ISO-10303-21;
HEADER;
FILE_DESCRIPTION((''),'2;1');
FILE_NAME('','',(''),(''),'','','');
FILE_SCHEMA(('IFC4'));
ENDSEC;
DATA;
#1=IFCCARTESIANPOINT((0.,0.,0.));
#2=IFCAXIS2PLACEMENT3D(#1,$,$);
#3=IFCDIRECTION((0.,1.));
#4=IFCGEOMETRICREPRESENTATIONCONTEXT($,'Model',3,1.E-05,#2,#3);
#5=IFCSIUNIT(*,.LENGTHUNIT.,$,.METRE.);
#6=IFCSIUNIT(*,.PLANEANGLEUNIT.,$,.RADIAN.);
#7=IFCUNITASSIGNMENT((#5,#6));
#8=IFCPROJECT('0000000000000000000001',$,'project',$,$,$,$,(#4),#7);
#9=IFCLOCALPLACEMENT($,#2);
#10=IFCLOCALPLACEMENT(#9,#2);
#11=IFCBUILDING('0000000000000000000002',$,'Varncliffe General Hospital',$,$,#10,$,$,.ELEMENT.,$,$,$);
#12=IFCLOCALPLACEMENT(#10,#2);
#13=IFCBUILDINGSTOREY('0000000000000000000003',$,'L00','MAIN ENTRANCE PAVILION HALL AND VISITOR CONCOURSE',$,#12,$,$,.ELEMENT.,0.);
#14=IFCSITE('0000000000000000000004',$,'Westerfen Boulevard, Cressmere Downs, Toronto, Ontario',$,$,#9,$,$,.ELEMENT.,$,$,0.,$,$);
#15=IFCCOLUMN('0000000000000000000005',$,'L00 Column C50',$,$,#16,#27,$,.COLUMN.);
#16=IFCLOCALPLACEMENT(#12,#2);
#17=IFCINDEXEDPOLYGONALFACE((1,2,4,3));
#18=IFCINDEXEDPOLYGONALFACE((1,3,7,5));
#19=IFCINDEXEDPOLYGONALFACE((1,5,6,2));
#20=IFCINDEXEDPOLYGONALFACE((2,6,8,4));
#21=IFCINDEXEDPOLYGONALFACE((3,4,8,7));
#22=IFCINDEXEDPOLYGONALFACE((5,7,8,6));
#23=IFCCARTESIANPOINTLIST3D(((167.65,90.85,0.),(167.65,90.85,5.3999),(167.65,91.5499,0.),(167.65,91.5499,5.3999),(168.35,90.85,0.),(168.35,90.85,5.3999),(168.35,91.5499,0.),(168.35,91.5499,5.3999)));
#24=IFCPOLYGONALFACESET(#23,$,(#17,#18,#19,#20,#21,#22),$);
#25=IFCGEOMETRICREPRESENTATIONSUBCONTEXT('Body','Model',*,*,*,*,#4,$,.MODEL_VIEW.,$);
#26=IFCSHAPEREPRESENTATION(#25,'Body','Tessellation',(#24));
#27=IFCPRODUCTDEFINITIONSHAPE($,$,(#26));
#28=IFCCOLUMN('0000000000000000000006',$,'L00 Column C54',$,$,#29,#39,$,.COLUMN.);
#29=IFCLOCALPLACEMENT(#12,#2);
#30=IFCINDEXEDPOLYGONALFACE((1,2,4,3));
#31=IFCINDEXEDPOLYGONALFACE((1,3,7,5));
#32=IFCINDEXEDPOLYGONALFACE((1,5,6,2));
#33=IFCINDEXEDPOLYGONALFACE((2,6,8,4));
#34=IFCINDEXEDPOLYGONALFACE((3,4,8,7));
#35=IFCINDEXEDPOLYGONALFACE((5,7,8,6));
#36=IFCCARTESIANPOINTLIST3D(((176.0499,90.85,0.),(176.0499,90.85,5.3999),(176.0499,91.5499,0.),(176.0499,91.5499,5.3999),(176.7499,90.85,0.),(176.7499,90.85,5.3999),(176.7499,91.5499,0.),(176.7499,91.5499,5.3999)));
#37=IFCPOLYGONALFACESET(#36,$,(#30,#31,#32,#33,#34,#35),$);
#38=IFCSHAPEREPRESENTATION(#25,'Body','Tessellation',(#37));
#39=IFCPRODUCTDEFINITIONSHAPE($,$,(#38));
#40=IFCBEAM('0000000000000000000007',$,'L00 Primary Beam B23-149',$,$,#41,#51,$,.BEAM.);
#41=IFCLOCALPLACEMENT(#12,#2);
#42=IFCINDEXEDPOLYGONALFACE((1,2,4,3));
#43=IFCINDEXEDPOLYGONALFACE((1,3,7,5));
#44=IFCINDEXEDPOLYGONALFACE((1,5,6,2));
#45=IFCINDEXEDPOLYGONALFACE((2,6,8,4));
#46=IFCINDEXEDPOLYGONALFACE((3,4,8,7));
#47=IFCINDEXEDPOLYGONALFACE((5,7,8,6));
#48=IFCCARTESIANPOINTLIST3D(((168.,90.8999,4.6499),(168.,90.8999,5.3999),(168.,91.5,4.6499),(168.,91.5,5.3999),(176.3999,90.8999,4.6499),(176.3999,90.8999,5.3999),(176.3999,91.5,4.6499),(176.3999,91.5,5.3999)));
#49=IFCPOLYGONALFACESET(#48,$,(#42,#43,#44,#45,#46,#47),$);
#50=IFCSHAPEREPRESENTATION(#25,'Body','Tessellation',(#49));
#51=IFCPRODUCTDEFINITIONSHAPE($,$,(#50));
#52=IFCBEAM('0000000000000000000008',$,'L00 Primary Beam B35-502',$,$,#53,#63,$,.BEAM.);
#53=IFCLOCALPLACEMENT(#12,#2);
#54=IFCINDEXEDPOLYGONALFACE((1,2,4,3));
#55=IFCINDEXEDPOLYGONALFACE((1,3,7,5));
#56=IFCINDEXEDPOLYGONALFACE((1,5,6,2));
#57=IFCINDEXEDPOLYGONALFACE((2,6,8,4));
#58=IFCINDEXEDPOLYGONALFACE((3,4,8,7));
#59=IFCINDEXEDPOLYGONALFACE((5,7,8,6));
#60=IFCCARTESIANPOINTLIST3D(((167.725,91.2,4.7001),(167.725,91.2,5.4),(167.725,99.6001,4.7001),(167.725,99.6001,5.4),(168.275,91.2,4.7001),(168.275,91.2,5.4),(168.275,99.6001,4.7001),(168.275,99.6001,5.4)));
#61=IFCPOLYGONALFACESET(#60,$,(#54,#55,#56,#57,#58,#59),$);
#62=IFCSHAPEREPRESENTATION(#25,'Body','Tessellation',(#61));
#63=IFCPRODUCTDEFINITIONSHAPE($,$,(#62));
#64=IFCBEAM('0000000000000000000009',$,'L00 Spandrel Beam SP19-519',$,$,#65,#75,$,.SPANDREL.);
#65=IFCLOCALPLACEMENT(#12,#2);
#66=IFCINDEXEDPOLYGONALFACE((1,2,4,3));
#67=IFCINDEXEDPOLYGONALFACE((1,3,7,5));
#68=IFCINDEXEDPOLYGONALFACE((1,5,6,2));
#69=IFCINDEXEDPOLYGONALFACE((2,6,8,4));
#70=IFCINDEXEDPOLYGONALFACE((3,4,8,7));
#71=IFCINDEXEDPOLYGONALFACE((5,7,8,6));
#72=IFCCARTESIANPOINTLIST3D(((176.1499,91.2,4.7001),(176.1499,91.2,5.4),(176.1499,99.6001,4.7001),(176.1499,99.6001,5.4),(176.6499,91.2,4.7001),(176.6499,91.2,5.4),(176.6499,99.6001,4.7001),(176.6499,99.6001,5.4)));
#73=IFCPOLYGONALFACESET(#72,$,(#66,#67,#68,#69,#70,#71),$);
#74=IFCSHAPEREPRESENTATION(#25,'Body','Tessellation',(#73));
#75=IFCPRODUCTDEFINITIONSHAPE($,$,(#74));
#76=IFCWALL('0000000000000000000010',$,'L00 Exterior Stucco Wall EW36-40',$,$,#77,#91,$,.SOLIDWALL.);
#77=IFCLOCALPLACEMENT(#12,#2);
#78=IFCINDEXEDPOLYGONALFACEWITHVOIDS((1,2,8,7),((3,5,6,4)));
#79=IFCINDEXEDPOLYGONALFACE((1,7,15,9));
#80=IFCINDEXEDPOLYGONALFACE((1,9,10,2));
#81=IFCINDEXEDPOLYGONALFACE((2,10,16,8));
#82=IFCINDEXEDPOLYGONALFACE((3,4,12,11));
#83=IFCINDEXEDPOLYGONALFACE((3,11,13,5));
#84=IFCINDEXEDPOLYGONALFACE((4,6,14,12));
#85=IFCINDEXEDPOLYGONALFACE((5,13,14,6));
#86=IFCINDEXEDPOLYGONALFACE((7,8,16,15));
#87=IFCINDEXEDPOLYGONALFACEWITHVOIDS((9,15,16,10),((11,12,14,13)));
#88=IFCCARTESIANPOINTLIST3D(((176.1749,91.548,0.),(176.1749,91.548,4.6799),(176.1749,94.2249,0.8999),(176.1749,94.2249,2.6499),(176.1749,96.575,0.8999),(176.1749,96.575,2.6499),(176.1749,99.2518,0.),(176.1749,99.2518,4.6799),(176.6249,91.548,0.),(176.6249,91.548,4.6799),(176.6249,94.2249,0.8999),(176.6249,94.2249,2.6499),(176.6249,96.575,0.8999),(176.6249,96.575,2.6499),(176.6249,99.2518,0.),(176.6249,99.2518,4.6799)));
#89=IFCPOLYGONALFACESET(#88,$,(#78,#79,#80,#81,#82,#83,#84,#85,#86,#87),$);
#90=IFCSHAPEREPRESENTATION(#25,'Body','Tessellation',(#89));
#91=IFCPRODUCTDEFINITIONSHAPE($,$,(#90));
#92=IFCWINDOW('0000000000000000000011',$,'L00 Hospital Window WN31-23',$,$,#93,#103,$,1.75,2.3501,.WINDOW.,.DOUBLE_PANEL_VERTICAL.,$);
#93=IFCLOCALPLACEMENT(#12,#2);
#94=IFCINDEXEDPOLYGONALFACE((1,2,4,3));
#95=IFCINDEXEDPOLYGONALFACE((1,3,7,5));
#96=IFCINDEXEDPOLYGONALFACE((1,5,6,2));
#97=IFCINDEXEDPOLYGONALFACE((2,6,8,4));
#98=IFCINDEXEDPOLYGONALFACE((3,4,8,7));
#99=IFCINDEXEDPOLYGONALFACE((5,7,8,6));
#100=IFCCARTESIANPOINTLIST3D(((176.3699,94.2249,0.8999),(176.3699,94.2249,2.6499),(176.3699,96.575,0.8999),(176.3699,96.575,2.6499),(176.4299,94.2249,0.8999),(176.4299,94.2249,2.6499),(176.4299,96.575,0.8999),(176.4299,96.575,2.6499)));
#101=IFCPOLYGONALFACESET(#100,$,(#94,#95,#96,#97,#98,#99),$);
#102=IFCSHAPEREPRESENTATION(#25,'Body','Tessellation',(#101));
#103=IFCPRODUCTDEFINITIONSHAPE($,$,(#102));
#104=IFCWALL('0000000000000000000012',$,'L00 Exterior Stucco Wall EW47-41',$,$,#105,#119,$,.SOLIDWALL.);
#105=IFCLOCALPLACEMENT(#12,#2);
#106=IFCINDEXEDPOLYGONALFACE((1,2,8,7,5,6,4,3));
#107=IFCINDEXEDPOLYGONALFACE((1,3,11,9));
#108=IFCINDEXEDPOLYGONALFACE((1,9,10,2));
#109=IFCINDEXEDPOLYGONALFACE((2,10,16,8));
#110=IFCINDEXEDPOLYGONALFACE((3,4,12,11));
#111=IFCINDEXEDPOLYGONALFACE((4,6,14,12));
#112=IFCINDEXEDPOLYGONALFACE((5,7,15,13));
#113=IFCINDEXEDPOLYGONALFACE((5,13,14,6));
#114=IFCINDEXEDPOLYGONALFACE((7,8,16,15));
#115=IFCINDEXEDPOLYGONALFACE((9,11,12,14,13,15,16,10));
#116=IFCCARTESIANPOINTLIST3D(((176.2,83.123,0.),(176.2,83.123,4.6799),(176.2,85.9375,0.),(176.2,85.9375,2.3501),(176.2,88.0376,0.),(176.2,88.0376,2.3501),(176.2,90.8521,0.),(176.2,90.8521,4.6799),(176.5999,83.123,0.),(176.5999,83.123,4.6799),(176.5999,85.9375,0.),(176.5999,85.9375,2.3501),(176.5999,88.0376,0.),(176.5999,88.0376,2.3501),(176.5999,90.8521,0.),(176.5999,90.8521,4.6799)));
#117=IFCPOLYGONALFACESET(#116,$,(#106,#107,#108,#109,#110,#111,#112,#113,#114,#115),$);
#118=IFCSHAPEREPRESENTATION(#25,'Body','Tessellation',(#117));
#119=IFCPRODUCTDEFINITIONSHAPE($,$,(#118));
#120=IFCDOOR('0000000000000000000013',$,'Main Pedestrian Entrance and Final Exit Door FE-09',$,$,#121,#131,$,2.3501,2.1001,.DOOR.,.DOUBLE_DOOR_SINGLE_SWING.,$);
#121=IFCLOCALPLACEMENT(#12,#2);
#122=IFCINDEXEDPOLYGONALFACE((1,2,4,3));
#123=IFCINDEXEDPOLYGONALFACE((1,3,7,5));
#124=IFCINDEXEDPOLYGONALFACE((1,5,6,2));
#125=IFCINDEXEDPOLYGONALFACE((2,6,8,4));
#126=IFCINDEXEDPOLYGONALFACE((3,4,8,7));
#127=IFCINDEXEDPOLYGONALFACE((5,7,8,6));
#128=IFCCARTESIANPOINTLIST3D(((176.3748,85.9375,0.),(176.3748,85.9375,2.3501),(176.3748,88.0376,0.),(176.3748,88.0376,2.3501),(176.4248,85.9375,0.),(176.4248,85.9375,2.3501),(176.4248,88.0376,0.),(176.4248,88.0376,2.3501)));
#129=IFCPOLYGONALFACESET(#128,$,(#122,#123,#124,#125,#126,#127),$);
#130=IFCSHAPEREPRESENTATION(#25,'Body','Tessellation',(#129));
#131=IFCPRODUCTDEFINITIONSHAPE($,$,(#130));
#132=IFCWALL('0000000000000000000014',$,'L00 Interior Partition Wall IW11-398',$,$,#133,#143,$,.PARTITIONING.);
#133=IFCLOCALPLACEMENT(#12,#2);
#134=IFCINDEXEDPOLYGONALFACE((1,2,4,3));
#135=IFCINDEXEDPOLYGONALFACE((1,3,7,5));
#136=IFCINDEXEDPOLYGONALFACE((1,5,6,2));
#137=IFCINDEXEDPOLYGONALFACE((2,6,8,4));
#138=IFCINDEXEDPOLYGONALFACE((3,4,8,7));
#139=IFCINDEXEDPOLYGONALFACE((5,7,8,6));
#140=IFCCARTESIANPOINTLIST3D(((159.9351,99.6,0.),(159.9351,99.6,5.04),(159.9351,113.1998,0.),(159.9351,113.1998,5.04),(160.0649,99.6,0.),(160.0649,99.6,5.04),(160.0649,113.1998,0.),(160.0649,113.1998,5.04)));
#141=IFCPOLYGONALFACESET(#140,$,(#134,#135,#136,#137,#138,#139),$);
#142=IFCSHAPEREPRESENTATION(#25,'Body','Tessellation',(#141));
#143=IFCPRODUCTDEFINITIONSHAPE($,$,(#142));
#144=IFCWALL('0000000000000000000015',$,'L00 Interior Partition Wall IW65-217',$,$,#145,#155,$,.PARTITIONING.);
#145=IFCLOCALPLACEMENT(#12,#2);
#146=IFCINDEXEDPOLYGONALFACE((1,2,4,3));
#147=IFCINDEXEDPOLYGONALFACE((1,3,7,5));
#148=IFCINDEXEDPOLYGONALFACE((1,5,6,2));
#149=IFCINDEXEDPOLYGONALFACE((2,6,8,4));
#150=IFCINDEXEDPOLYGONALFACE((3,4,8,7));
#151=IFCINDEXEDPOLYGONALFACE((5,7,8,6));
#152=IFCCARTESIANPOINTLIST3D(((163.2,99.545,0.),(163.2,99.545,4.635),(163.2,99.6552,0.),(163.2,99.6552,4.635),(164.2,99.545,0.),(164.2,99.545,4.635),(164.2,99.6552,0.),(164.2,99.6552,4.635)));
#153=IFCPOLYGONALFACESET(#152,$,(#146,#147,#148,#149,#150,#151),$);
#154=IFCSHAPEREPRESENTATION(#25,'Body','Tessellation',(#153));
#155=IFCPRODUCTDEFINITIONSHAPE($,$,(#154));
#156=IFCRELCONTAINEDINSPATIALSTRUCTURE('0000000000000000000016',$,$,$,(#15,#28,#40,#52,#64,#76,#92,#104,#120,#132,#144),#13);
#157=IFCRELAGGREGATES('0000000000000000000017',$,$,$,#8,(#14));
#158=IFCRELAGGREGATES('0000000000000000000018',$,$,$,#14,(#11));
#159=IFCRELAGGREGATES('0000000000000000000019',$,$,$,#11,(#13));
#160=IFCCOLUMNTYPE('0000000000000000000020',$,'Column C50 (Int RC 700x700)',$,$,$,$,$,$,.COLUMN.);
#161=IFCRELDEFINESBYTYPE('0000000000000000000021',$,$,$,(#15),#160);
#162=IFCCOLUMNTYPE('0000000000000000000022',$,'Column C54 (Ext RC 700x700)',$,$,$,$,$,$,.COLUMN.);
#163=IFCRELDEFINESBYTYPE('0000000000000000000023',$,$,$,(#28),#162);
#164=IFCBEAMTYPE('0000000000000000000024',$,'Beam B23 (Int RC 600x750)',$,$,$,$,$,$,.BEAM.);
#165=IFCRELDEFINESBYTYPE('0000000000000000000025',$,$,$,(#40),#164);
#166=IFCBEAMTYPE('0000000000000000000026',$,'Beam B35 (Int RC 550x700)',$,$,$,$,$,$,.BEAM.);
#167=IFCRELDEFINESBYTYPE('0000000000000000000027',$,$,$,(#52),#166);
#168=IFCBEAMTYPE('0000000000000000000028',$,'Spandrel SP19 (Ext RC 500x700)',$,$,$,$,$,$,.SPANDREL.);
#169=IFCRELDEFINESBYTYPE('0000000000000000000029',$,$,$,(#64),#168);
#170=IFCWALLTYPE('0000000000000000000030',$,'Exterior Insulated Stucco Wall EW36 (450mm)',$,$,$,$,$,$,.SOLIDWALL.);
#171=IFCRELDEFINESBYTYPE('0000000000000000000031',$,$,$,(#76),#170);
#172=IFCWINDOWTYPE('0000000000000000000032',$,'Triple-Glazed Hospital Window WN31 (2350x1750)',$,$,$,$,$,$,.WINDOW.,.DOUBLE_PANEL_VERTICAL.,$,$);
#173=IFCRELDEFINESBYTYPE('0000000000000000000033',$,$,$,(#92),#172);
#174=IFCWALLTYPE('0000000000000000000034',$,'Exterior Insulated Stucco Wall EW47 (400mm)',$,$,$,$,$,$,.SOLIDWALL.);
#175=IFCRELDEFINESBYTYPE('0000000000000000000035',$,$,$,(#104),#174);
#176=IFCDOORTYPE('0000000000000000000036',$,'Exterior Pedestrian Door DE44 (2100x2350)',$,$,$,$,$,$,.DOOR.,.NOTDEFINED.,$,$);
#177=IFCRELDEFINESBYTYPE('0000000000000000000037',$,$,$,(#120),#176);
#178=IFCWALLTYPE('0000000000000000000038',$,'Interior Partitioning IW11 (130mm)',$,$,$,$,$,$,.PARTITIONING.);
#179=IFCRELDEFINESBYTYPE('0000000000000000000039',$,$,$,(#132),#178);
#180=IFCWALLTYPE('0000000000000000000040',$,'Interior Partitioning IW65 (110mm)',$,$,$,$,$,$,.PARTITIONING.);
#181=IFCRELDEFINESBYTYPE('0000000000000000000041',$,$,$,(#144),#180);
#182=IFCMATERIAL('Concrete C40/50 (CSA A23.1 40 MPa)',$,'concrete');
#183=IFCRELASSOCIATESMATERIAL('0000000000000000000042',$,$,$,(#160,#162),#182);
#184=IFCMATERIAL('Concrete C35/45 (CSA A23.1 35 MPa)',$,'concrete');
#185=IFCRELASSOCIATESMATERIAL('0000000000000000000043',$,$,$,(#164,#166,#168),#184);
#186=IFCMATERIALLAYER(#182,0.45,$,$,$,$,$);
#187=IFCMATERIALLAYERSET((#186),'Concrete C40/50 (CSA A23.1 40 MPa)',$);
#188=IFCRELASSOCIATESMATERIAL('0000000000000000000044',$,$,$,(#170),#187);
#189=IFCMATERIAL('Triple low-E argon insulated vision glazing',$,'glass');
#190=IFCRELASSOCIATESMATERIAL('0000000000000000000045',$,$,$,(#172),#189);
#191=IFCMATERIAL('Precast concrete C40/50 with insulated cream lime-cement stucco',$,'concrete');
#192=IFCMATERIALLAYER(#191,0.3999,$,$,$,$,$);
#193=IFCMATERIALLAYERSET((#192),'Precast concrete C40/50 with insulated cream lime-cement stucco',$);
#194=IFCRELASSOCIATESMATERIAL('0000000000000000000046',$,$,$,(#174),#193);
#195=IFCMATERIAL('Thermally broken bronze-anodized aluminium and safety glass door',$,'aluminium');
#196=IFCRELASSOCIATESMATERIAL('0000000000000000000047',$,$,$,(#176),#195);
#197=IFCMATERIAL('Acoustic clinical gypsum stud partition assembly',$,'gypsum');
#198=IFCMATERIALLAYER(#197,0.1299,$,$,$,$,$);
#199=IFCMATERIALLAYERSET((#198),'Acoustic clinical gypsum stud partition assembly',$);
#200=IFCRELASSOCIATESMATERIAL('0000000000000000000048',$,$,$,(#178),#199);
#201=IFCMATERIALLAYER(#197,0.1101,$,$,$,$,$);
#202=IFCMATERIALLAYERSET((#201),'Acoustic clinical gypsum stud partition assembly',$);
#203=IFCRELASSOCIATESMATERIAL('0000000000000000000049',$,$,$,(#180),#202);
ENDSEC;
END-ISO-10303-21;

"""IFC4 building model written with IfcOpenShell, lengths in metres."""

from ifc_helpers import new_model, si_unit, direction, frame, frame_2d, origin, origin_2d, place, context, subcontext, project, spatial, rectangle, extrude, material, layer, layer_set, material_profile, profile_set, type_object, element, fill, save


model = new_model("IFC4")

# Units and contexts
model_context = context("Model", 3, precision=1e-05, world=origin(), true_north=direction((0.0, 1.0)))
body_context = subcontext(model_context, "Body", "Model", "MODEL_VIEW")
ifc_project = project(units=[si_unit("LENGTHUNIT", "METRE"), si_unit("PLANEANGLEUNIT", "RADIAN")], contexts=[model_context])

# Site, building, storey
site_placement = place(None, origin())
site = spatial("IfcSite", under=ifc_project, at=site_placement, Name="Westerfen Boulevard, Cressmere Downs, Toronto, Ontario", CompositionType="ELEMENT", RefElevation=0.0)
building_placement = place(site_placement, origin())
building = spatial("IfcBuilding", under=site, at=building_placement, Name="Varncliffe General Hospital", CompositionType="ELEMENT")
storey_placement = place(building_placement, origin())
storey = spatial("IfcBuildingStorey", under=building, at=storey_placement, Name="L00", Description="MAIN ENTRANCE PAVILION HALL AND VISITOR CONCOURSE", CompositionType="ELEMENT", Elevation=0.0)

# Columns
ifc_material_1 = material(Name="Concrete C40/50 (CSA A23.1 40 MPa)", Category="concrete")
ifc_material_profile_1 = material_profile(ifc_material_1, rectangle(XDim=0.7, YDim=0.7, at=origin_2d()), Name="RC 700x700")
ifc_profile_set_1 = profile_set([ifc_material_profile_1], Name="Concrete C40/50 (CSA A23.1 40 MPa)")
column_type_1 = type_object("IfcColumnType", Name="Column C50 (Int RC 700x700)", PredefinedType="COLUMN", material=ifc_profile_set_1)
column_1_placement = place(storey_placement, frame((168.0, 91.2, 0.0), z_axis=(0.0, 0.0, 1.0), x_axis=(1.0, 0.0, 0.0)))
element("IfcColumn", 1, at=column_1_placement, inside=storey, type_object=column_type_1, Name="L00 Column C50", PredefinedType="COLUMN", context=body_context, shape_type="SweptSolid", body=[
    extrude(rectangle(XDim=0.7, YDim=0.7, at=origin_2d()), origin(), (0.0, 0.0, 1.0), 5.3999),
])
ifc_material_profile_2 = material_profile(ifc_material_1, rectangle(XDim=0.7, YDim=0.7, at=origin_2d()), Name="RC 700x700")
ifc_profile_set_2 = profile_set([ifc_material_profile_2], Name="Concrete C40/50 (CSA A23.1 40 MPa)")
column_type_2 = type_object("IfcColumnType", Name="Column C54 (Ext RC 700x700)", PredefinedType="COLUMN", material=ifc_profile_set_2)
column_2_placement = place(storey_placement, frame((176.3999, 91.2, 0.0), z_axis=(0.0, 0.0, 1.0), x_axis=(1.0, 0.0, 0.0)))
element("IfcColumn", 2, at=column_2_placement, inside=storey, type_object=column_type_2, Name="L00 Column C54", PredefinedType="COLUMN", context=body_context, shape_type="SweptSolid", body=[
    extrude(rectangle(XDim=0.7, YDim=0.7, at=origin_2d()), origin(), (0.0, 0.0, 1.0), 5.3999),
])

# Beams
ifc_material_2 = material(Name="Concrete C35/45 (CSA A23.1 35 MPa)", Category="concrete")
ifc_material_profile_3 = material_profile(ifc_material_2, rectangle(XDim=0.6001, YDim=0.75, at=origin_2d()), Name="RC 600x750")
ifc_profile_set_3 = profile_set([ifc_material_profile_3], Name="Concrete C35/45 (CSA A23.1 35 MPa)")
beam_type_1 = type_object("IfcBeamType", Name="Beam B23 (Int RC 600x750)", PredefinedType="BEAM", material=ifc_profile_set_3)
beam_1_placement = place(storey_placement, frame((168.0, 91.2, 5.0249), z_axis=(1.0, 0.0, 0.0), x_axis=(0.0, 1.0, 0.0)))
element("IfcBeam", 3, at=beam_1_placement, inside=storey, type_object=beam_type_1, Name="L00 Primary Beam B23-149", PredefinedType="BEAM", context=body_context, shape_type="SweptSolid", body=[
    extrude(rectangle(XDim=0.6001, YDim=0.75, at=origin_2d()), origin(), (0.0, 0.0, 1.0), 8.3999),
])
ifc_material_profile_4 = material_profile(ifc_material_2, rectangle(XDim=0.55, YDim=0.7, at=origin_2d()), Name="RC 550x700")
ifc_profile_set_4 = profile_set([ifc_material_profile_4], Name="Concrete C35/45 (CSA A23.1 35 MPa)")
beam_type_2 = type_object("IfcBeamType", Name="Beam B35 (Int RC 550x700)", PredefinedType="BEAM", material=ifc_profile_set_4)
beam_2_placement = place(storey_placement, frame((168.0, 91.2, 5.05), z_axis=(0.0, 1.0, 0.0), x_axis=(-1.0, 0.0, 0.0)))
element("IfcBeam", 4, at=beam_2_placement, inside=storey, type_object=beam_type_2, Name="L00 Primary Beam B35-502", PredefinedType="BEAM", context=body_context, shape_type="SweptSolid", body=[
    extrude(rectangle(XDim=0.55, YDim=0.7, at=origin_2d()), origin(), (0.0, 0.0, 1.0), 8.4001),
])
ifc_material_profile_5 = material_profile(ifc_material_2, rectangle(XDim=0.5, YDim=0.7, at=origin_2d()), Name="RC 500x700")
ifc_profile_set_5 = profile_set([ifc_material_profile_5], Name="Concrete C35/45 (CSA A23.1 35 MPa)")
beam_type_3 = type_object("IfcBeamType", Name="Spandrel SP19 (Ext RC 500x700)", PredefinedType="SPANDREL", material=ifc_profile_set_5)
beam_3_placement = place(storey_placement, frame((176.3999, 91.2, 5.05), z_axis=(0.0, 1.0, 0.0), x_axis=(-1.0, 0.0, 0.0)))
element("IfcBeam", 5, at=beam_3_placement, inside=storey, type_object=beam_type_3, Name="L00 Spandrel Beam SP19-519", PredefinedType="SPANDREL", context=body_context, shape_type="SweptSolid", body=[
    extrude(rectangle(XDim=0.5, YDim=0.7, at=origin_2d()), origin(), (0.0, 0.0, 1.0), 8.4001),
])

# Wall, opening, window
ifc_layer_1 = layer(ifc_material_1, 0.45)
ifc_layer_set_1 = layer_set([ifc_layer_1], Name="Concrete C40/50 (CSA A23.1 40 MPa)")
wall_type_1 = type_object("IfcWallType", Name="Exterior Insulated Stucco Wall EW36 (450mm)", PredefinedType="SOLIDWALL", material=ifc_layer_set_1)
wall_1_placement = place(storey_placement, frame((176.3999, 99.252, 0.0), z_axis=(0.0, 0.0, 1.0), x_axis=(0.0, -1.0, 0.0)))
wall_1 = element("IfcWall", 6, at=wall_1_placement, inside=storey, type_object=wall_type_1, Name="L00 Exterior Stucco Wall EW36-40", PredefinedType="SOLIDWALL", context=body_context, shape_type="SweptSolid", body=[
    extrude(rectangle(XDim=7.7039, YDim=0.45, at=frame_2d((3.8521, 0.0))), origin(), (0.0, 0.0, 1.0), 4.6799),
])
opening_1_placement = place(wall_1_placement, frame((2.677, 0.0, 0.8999)))
opening_1 = element("IfcOpeningElement", 7, at=opening_1_placement, cuts=wall_1, PredefinedType="OPENING", context=body_context, shape_type="SweptSolid", body=[
    extrude(rectangle(XDim=2.3501, YDim=1.75, at=frame_2d((1.175, 0.875))), frame((0.0, 0.2349, 0.0), z_axis=(0.0, -1.0, 0.0), x_axis=(1.0, 0.0, 0.0)), (0.0, 0.0, 1.0), 0.47),
])
ifc_material_3 = material(Name="Triple low-E argon insulated vision glazing", Category="glass")
window_type = type_object("IfcWindowType", Name="Triple-Glazed Hospital Window WN31 (2350x1750)", PartitioningType="DOUBLE_PANEL_VERTICAL", PredefinedType="WINDOW", material=ifc_material_3)
window_placement = place(opening_1_placement, origin())
window = element("IfcWindow", 8, at=window_placement, inside=storey, type_object=window_type, Name="L00 Hospital Window WN31-23", OverallHeight=1.75, OverallWidth=2.3501, PartitioningType="DOUBLE_PANEL_VERTICAL", PredefinedType="WINDOW", context=body_context, shape_type="SweptSolid", body=[
    extrude(rectangle(XDim=2.3501, YDim=1.75, at=frame_2d((1.175, 0.875))), frame((0.0, 0.03, 0.0), z_axis=(0.0, -1.0, 0.0), x_axis=(1.0, 0.0, 0.0)), (0.0, 0.0, 1.0), 0.0601),
])
fill(opening_1, window)

# Wall, opening, door
ifc_material_4 = material(Name="Precast concrete C40/50 with insulated cream lime-cement stucco", Category="concrete")
ifc_layer_2 = layer(ifc_material_4, 0.3999)
ifc_layer_set_2 = layer_set([ifc_layer_2], Name="Precast concrete C40/50 with insulated cream lime-cement stucco")
wall_type_2 = type_object("IfcWallType", Name="Exterior Insulated Stucco Wall EW47 (400mm)", PredefinedType="SOLIDWALL", material=ifc_layer_set_2)
wall_2_placement = place(storey_placement, frame((176.3999, 90.8521, 0.0), z_axis=(0.0, 0.0, 1.0), x_axis=(0.0, -1.0, 0.0)))
wall_2 = element("IfcWall", 9, at=wall_2_placement, inside=storey, type_object=wall_type_2, Name="L00 Exterior Stucco Wall EW47-41", PredefinedType="SOLIDWALL", context=body_context, shape_type="SweptSolid", body=[
    extrude(rectangle(XDim=7.729, YDim=0.3999, at=frame_2d((3.8645, 0.0))), origin(), (0.0, 0.0, 1.0), 4.6799),
])
opening_2_placement = place(wall_2_placement, frame((2.8145, 0.0, 0.0)))
opening_2 = element("IfcOpeningElement", 10, at=opening_2_placement, cuts=wall_2, PredefinedType="OPENING", context=body_context, shape_type="SweptSolid", body=[
    extrude(rectangle(XDim=2.1001, YDim=2.3501, at=frame_2d((1.05, 1.175))), frame((0.0, 0.21, 0.0), z_axis=(0.0, -1.0, 0.0), x_axis=(1.0, 0.0, 0.0)), (0.0, 0.0, 1.0), 0.4199),
])
ifc_material_5 = material(Name="Thermally broken bronze-anodized aluminium and safety glass door", Category="aluminium")
door_type_1 = type_object("IfcDoorType", Name="Exterior Pedestrian Door DE44 (2100x2350)", OperationType="NOTDEFINED", PredefinedType="DOOR", material=ifc_material_5)
door_1_placement = place(opening_2_placement, origin())
door_1 = element("IfcDoor", 11, at=door_1_placement, inside=storey, type_object=door_type_1, Name="Main Pedestrian Entrance and Final Exit Door FE-09", OperationType="DOUBLE_DOOR_SINGLE_SWING", OverallHeight=2.3501, OverallWidth=2.1001, PredefinedType="DOOR", context=body_context, shape_type="SweptSolid", body=[
    extrude(rectangle(XDim=2.1001, YDim=2.3501, at=frame_2d((1.05, 1.175))), frame((0.0, 0.0249, 0.0), z_axis=(0.0, -1.0, 0.0), x_axis=(1.0, 0.0, 0.0)), (0.0, 0.0, 1.0), 0.05),
])
fill(opening_2, door_1)

# Walls
ifc_material_6 = material(Name="Acoustic clinical gypsum stud partition assembly", Category="gypsum")
ifc_layer_3 = layer(ifc_material_6, 0.1299)
ifc_layer_set_3 = layer_set([ifc_layer_3], Name="Acoustic clinical gypsum stud partition assembly")
wall_type_3 = type_object("IfcWallType", Name="Interior Partitioning IW11 (130mm)", PredefinedType="PARTITIONING", material=ifc_layer_set_3)
wall_3_placement = place(storey_placement, frame((160.0, 99.6001, 0.0), z_axis=(0.0, 0.0, 1.0), x_axis=(0.0, 1.0, 0.0)))
element("IfcWall", 12, at=wall_3_placement, inside=storey, type_object=wall_type_3, Name="L00 Interior Partition Wall IW11-398", PredefinedType="PARTITIONING", context=body_context, shape_type="SweptSolid", body=[
    extrude(rectangle(XDim=13.5999, YDim=0.1299, at=frame_2d((6.7998, 0.0))), origin(), (0.0, 0.0, 1.0), 5.04),
])
ifc_layer_4 = layer(ifc_material_6, 0.1101)
ifc_layer_set_4 = layer_set([ifc_layer_4], Name="Acoustic clinical gypsum stud partition assembly")
wall_type_4 = type_object("IfcWallType", Name="Interior Partitioning IW65 (110mm)", PredefinedType="PARTITIONING", material=ifc_layer_set_4)
wall_4_placement = place(storey_placement, frame((163.2, 99.6001, 0.0), z_axis=(0.0, 0.0, 1.0), x_axis=(1.0, 0.0, 0.0)))
element("IfcWall", 13, at=wall_4_placement, inside=storey, type_object=wall_type_4, Name="L00 Interior Partition Wall IW65-217", PredefinedType="PARTITIONING", context=body_context, shape_type="SweptSolid", body=[
    extrude(rectangle(XDim=1.0, YDim=0.1101, at=frame_2d((0.5, 0.0))), origin(), (0.0, 0.0, 1.0), 4.635),
])

save(model, "model.ifc")
